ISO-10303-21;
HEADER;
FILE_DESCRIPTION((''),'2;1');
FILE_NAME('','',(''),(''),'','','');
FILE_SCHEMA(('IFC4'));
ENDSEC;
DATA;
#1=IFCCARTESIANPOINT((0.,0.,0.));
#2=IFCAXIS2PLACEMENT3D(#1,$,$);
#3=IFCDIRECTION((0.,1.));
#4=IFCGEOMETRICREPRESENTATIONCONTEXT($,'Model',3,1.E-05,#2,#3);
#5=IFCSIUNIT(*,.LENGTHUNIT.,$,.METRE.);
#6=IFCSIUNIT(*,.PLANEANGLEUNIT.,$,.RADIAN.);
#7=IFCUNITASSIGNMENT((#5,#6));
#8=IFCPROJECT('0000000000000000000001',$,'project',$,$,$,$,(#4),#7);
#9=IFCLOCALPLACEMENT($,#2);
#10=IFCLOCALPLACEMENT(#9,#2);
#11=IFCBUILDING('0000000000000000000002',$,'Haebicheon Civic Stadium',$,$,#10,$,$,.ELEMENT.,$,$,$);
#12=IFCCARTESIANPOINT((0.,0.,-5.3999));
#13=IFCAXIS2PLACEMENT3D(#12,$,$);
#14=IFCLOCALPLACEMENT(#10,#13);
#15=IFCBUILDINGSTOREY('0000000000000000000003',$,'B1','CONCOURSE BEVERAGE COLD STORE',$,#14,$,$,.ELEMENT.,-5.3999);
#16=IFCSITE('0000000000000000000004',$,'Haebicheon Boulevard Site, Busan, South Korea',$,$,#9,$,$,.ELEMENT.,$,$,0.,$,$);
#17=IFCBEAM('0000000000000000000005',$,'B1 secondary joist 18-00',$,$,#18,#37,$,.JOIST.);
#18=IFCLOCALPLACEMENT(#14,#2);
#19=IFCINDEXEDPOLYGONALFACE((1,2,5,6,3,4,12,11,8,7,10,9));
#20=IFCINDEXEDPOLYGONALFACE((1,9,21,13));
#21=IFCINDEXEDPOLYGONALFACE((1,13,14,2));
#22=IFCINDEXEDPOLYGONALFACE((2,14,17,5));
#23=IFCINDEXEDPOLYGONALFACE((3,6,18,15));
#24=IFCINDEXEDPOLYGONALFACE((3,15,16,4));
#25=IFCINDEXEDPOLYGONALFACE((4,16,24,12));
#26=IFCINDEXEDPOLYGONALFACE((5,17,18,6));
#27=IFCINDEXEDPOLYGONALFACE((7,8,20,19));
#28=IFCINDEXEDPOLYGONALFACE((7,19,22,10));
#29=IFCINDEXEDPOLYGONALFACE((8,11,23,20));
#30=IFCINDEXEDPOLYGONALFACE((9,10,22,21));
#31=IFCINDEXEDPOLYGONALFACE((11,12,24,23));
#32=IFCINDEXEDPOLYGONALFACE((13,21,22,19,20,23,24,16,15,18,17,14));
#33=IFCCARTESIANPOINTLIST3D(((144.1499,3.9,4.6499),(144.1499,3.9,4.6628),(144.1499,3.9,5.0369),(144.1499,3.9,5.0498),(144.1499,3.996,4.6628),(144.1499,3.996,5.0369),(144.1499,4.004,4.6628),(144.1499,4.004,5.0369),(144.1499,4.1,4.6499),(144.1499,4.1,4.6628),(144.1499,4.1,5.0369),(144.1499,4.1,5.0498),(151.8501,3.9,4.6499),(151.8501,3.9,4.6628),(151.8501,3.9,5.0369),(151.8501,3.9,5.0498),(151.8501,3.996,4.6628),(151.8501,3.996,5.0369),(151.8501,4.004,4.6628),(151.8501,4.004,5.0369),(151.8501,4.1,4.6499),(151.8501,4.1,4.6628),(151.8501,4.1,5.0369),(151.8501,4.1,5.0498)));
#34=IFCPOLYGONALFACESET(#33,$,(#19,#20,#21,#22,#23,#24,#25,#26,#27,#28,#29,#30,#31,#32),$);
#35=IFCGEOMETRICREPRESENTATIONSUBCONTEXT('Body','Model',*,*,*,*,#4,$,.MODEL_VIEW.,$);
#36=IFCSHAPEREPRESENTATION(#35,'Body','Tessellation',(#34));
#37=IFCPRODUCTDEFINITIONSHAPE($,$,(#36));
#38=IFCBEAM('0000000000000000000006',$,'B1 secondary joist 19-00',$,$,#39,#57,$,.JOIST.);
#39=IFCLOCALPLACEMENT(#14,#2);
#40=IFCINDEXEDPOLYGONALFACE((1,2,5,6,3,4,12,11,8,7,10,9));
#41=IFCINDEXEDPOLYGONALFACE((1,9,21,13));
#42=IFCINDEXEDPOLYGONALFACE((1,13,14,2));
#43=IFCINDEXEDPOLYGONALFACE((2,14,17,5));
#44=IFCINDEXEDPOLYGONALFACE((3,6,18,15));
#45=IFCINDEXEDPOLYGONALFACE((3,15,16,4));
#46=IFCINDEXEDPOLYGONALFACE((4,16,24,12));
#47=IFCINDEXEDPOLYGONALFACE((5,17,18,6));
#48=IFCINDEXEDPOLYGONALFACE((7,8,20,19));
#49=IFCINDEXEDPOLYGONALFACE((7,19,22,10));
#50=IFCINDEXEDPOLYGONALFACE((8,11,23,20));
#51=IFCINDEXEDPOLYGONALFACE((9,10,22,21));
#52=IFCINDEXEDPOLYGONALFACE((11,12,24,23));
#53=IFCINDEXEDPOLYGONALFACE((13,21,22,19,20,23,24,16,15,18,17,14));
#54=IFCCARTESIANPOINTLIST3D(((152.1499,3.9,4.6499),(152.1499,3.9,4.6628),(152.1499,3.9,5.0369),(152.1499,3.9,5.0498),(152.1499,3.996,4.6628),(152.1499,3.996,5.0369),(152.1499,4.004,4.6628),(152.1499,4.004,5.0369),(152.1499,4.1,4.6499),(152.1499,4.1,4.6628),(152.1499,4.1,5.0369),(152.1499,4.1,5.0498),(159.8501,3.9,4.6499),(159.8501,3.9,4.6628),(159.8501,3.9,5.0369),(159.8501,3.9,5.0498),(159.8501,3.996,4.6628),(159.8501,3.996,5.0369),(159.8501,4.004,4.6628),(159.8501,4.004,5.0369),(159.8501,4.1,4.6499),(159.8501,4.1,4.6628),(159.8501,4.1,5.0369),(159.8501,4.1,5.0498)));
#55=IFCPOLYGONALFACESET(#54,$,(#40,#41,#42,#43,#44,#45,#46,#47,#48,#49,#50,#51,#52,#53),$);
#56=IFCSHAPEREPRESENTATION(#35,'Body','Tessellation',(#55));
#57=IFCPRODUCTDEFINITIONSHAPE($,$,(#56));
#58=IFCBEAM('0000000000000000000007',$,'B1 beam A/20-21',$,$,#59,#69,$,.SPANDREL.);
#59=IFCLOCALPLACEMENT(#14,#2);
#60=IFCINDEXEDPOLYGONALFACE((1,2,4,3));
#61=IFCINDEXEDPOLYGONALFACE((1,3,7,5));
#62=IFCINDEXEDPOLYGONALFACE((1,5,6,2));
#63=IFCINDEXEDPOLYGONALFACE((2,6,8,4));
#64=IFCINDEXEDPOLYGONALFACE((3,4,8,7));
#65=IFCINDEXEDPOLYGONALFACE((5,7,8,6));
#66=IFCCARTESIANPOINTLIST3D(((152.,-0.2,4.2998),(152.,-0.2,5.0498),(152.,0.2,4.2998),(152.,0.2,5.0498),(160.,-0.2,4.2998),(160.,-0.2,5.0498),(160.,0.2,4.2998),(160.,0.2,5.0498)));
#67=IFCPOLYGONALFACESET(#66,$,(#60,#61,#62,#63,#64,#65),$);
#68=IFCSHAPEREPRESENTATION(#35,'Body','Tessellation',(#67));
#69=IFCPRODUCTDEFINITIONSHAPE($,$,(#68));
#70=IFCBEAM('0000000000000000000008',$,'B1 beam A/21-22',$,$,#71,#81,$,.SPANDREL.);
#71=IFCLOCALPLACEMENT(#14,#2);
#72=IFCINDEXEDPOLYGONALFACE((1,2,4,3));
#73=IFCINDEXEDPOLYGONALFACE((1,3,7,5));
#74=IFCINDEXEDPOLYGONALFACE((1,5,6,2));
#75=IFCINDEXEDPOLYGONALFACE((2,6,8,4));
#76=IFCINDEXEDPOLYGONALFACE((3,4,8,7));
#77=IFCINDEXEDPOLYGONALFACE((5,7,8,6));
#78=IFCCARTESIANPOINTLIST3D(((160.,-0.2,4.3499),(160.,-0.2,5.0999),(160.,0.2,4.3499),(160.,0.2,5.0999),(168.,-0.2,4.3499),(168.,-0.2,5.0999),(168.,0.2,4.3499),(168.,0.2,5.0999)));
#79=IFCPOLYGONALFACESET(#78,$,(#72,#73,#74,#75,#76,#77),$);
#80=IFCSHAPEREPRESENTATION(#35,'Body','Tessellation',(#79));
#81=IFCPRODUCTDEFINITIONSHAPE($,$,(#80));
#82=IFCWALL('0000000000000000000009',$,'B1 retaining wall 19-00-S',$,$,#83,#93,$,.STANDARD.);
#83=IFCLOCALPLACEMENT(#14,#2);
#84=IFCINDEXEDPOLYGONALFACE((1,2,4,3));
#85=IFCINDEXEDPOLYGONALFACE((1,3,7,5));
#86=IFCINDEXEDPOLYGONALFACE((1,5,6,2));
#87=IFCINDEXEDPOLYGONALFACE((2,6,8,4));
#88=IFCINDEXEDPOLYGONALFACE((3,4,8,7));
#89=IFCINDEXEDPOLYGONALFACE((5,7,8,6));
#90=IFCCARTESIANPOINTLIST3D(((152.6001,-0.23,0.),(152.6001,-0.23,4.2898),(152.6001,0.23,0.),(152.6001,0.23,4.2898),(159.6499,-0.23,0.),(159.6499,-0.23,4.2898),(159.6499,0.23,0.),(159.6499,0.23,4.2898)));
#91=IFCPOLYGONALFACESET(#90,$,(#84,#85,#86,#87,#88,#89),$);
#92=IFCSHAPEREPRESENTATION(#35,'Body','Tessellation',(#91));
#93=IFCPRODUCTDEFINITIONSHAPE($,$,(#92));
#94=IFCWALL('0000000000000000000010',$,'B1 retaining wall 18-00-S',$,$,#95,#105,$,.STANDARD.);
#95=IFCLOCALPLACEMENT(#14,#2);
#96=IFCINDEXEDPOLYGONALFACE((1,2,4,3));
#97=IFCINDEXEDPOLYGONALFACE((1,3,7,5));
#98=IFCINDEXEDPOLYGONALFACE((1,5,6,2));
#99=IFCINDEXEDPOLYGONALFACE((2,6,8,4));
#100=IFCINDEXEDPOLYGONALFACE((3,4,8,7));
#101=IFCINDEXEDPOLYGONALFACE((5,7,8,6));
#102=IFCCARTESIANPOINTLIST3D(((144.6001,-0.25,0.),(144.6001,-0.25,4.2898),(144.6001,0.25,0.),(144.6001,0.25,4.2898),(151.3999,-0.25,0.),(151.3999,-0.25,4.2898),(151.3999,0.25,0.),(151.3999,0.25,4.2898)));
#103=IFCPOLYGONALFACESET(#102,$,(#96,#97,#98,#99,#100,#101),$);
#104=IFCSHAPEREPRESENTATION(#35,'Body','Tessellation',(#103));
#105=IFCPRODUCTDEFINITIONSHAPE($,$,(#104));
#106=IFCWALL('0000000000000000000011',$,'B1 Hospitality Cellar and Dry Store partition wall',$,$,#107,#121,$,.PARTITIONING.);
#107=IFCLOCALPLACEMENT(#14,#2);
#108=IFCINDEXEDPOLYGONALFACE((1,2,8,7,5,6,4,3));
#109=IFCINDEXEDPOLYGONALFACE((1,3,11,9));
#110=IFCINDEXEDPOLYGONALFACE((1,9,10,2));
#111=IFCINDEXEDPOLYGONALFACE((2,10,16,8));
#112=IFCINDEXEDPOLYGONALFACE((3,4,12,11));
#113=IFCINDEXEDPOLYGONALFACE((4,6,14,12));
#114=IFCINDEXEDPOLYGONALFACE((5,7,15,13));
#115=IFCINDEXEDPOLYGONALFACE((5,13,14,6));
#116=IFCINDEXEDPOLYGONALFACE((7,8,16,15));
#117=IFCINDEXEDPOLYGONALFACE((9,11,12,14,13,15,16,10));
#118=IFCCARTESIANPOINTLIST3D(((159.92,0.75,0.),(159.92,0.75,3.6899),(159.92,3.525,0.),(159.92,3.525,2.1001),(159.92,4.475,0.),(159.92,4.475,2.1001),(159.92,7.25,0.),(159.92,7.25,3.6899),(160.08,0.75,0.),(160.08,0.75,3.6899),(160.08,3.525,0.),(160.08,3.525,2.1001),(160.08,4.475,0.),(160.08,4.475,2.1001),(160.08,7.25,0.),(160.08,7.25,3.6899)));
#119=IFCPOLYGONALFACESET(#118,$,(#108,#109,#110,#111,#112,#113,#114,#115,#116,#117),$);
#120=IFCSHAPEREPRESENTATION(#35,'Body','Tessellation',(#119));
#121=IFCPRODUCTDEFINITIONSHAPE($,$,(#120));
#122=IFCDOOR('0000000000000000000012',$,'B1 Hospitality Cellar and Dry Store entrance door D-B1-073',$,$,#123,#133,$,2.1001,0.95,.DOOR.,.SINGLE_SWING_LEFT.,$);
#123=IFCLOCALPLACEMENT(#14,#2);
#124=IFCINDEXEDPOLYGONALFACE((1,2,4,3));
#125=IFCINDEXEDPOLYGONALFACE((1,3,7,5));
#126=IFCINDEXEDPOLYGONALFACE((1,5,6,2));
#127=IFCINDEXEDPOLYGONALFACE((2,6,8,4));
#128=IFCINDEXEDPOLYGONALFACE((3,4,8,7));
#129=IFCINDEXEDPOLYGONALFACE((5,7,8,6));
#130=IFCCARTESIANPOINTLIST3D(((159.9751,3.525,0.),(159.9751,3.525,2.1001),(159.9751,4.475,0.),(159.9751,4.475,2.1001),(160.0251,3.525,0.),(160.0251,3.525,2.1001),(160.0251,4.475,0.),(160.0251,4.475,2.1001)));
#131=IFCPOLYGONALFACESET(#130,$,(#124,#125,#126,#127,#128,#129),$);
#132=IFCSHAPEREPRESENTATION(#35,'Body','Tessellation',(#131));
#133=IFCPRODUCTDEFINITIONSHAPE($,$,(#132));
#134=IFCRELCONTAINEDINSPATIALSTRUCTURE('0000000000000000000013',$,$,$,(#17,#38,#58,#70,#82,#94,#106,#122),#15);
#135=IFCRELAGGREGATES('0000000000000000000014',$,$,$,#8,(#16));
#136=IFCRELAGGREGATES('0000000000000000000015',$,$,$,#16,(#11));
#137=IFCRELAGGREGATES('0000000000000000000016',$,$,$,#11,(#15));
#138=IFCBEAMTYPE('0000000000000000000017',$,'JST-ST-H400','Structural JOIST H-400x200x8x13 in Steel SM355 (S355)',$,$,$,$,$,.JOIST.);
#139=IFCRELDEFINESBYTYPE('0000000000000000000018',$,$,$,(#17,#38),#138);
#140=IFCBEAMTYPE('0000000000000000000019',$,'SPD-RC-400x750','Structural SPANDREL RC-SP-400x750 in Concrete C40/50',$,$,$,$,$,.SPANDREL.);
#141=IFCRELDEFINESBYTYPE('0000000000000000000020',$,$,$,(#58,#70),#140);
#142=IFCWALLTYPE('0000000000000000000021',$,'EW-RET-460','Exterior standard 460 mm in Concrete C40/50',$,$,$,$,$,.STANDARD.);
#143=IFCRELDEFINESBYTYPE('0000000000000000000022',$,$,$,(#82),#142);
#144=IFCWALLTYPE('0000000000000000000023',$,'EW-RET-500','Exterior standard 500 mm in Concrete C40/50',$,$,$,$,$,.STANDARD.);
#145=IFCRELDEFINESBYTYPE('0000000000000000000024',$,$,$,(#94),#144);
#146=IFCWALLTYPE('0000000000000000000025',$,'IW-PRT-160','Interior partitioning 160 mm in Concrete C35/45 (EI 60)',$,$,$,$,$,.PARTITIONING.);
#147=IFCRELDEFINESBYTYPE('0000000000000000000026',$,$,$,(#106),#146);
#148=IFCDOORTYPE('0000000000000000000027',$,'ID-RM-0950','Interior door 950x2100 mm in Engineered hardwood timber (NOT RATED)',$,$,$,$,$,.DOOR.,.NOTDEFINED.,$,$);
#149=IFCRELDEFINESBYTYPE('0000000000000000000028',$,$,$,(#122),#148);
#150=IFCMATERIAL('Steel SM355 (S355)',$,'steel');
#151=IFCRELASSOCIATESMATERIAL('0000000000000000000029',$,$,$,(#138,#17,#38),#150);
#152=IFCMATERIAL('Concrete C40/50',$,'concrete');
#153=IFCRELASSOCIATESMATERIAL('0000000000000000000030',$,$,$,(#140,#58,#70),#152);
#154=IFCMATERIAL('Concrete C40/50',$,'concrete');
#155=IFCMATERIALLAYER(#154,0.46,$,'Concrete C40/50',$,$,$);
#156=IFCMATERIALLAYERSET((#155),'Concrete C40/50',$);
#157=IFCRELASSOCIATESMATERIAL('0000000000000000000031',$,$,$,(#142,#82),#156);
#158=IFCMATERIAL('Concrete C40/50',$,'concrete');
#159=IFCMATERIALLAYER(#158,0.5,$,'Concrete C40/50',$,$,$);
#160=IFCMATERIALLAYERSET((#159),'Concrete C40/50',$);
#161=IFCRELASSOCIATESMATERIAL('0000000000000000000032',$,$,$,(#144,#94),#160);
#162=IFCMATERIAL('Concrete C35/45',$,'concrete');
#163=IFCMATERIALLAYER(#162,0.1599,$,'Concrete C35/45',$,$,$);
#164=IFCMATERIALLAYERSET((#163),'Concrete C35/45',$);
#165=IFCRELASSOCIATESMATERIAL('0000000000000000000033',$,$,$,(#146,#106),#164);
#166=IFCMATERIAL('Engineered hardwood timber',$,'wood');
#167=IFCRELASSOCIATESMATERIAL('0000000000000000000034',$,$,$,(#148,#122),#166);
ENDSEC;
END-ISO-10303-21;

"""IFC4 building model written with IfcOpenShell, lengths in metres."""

from ifc_helpers import new_model, si_unit, direction, frame, frame_2d, origin, origin_2d, place, context, subcontext, project, spatial, rectangle, i_section, extrude, material, layer, layer_set, material_profile, profile_set, type_object, element, fill, save


model = new_model("IFC4")

# Units and contexts
model_context = context("Model", 3, precision=1e-05, world=origin(), true_north=direction((0.0, 1.0)))
body_context = subcontext(model_context, "Body", "Model", "MODEL_VIEW")
ifc_project = project(units=[si_unit("LENGTHUNIT", "METRE"), si_unit("PLANEANGLEUNIT", "RADIAN")], contexts=[model_context])

# Site, building, storey
site_placement = place(None, origin())
site = spatial("IfcSite", under=ifc_project, at=site_placement, Name="Haebicheon Boulevard Site, Busan, South Korea", CompositionType="ELEMENT", RefElevation=0.0)
building_placement = place(site_placement, origin())
building = spatial("IfcBuilding", under=site, at=building_placement, Name="Haebicheon Civic Stadium", CompositionType="ELEMENT")
storey_placement = place(building_placement, frame((0.0, 0.0, -5.3999)))
storey = spatial("IfcBuildingStorey", under=building, at=storey_placement, Name="B1", Description="CONCOURSE BEVERAGE COLD STORE", CompositionType="ELEMENT", Elevation=-5.3999)

# Beams
ifc_material_1 = material(Name="Steel SM355 (S355)", Category="steel")
ifc_material_profile_1 = material_profile(ifc_material_1, i_section(OverallWidth=0.2, OverallDepth=0.3999, WebThickness=0.0081, FlangeThickness=0.0129, at=origin_2d()), Name="H-400x200x8x13")
ifc_profile_set_1 = profile_set([ifc_material_profile_1], Name="Steel SM355 (S355)")
beam_type_1 = type_object("IfcBeamType", Name="JST-ST-H400", Description="Structural JOIST H-400x200x8x13 in Steel SM355 (S355)", PredefinedType="JOIST", material=ifc_profile_set_1)
for number, where, z_axis, x_axis, name in (
    (1, (144.1499, 4.0, 4.8499), (1.0, 0.0, 0.0), (0.0, 1.0, 0.0), "B1 secondary joist 18-00"),
    (2, (152.1499, 4.0, 4.8499), (1.0, 0.0, 0.0), (0.0, 1.0, 0.0), "B1 secondary joist 19-00"),
):
    element("IfcBeam", number, at=place(storey_placement, frame(where, z_axis=z_axis, x_axis=x_axis)), inside=storey, type_object=beam_type_1, material=ifc_profile_set_1, Name=name, PredefinedType="JOIST", context=body_context, shape_type="SweptSolid", body=[
        extrude(i_section(OverallWidth=0.2, OverallDepth=0.3999, WebThickness=0.0081, FlangeThickness=0.0129, at=origin_2d()), origin(), (0.0, 0.0, 1.0), 7.7002),
    ])
ifc_material_2 = material(Name="Concrete C40/50", Category="concrete")
ifc_material_profile_2 = material_profile(ifc_material_2, rectangle(XDim=0.3999, YDim=0.75, at=origin_2d()), Name="RC-SP-400x750")
ifc_profile_set_2 = profile_set([ifc_material_profile_2], Name="Concrete C40/50")
beam_type_2 = type_object("IfcBeamType", Name="SPD-RC-400x750", Description="Structural SPANDREL RC-SP-400x750 in Concrete C40/50", PredefinedType="SPANDREL", material=ifc_profile_set_2)
for number, where, z_axis, x_axis, name in (
    (3, (152.0, 0.0, 4.6748), (1.0, 0.0, 0.0), (0.0, 1.0, 0.0), "B1 beam A/20-21"),
    (4, (160.0, 0.0, 4.7249), (1.0, 0.0, 0.0), (0.0, 1.0, 0.0), "B1 beam A/21-22"),
):
    element("IfcBeam", number, at=place(storey_placement, frame(where, z_axis=z_axis, x_axis=x_axis)), inside=storey, type_object=beam_type_2, material=ifc_profile_set_2, Name=name, PredefinedType="SPANDREL", context=body_context, shape_type="SweptSolid", body=[
        extrude(rectangle(XDim=0.3999, YDim=0.75, at=origin_2d()), origin(), (0.0, 0.0, 1.0), 8.0),
    ])

# Walls
ifc_material_3 = material(Name="Concrete C40/50", Category="concrete")
ifc_layer_1 = layer(ifc_material_3, 0.46, Name="Concrete C40/50")
ifc_layer_set_1 = layer_set([ifc_layer_1], Name="Concrete C40/50")
wall_type_1 = type_object("IfcWallType", Name="EW-RET-460", Description="Exterior standard 460 mm in Concrete C40/50", PredefinedType="STANDARD", material=ifc_layer_set_1)
wall_1_placement = place(storey_placement, frame((152.6001, 0.0, 0.0), z_axis=(0.0, 0.0, 1.0), x_axis=(1.0, 0.0, 0.0)))
element("IfcWall", 5, at=wall_1_placement, inside=storey, type_object=wall_type_1, material=ifc_layer_set_1, Name="B1 retaining wall 19-00-S", PredefinedType="STANDARD", context=body_context, shape_type="SweptSolid", body=[
    extrude(rectangle(XDim=7.0498, YDim=0.46, at=frame_2d((3.5249, 0.0))), origin(), (0.0, 0.0, 1.0), 4.2898),
])
ifc_material_4 = material(Name="Concrete C40/50", Category="concrete")
ifc_layer_2 = layer(ifc_material_4, 0.5, Name="Concrete C40/50")
ifc_layer_set_2 = layer_set([ifc_layer_2], Name="Concrete C40/50")
wall_type_2 = type_object("IfcWallType", Name="EW-RET-500", Description="Exterior standard 500 mm in Concrete C40/50", PredefinedType="STANDARD", material=ifc_layer_set_2)
wall_2_placement = place(storey_placement, frame((144.6001, 0.0, 0.0), z_axis=(0.0, 0.0, 1.0), x_axis=(1.0, 0.0, 0.0)))
element("IfcWall", 6, at=wall_2_placement, inside=storey, type_object=wall_type_2, material=ifc_layer_set_2, Name="B1 retaining wall 18-00-S", PredefinedType="STANDARD", context=body_context, shape_type="SweptSolid", body=[
    extrude(rectangle(XDim=6.7998, YDim=0.5, at=frame_2d((3.3999, 0.0))), origin(), (0.0, 0.0, 1.0), 4.2898),
])

# Wall, opening, door
ifc_material_5 = material(Name="Concrete C35/45", Category="concrete")
ifc_layer_3 = layer(ifc_material_5, 0.1599, Name="Concrete C35/45")
ifc_layer_set_3 = layer_set([ifc_layer_3], Name="Concrete C35/45")
wall_type_3 = type_object("IfcWallType", Name="IW-PRT-160", Description="Interior partitioning 160 mm in Concrete C35/45 (EI 60)", PredefinedType="PARTITIONING", material=ifc_layer_set_3)
wall_3_placement = place(storey_placement, frame((160.0, 0.75, 0.0), z_axis=(0.0, 0.0, 1.0), x_axis=(0.0, 1.0, 0.0)))
wall_3 = element("IfcWall", 7, at=wall_3_placement, inside=storey, type_object=wall_type_3, material=ifc_layer_set_3, Name="B1 Hospitality Cellar and Dry Store partition wall", PredefinedType="PARTITIONING", context=body_context, shape_type="SweptSolid", body=[
    extrude(rectangle(XDim=6.5, YDim=0.1599, at=frame_2d((3.25, 0.0))), origin(), (0.0, 0.0, 1.0), 3.6899),
])
opening_placement = place(wall_3_placement, frame((2.7749, 0.0, 0.0)))
opening = element("IfcOpeningElement", 8, at=opening_placement, cuts=wall_3, PredefinedType="OPENING", context=body_context, shape_type="SweptSolid", body=[
    extrude(rectangle(XDim=0.95, YDim=2.1001, at=frame_2d((0.4751, 1.05))), frame((0.0, 0.0898, 0.0), z_axis=(0.0, -1.0, 0.0), x_axis=(1.0, 0.0, 0.0)), (0.0, 0.0, 1.0), 0.1799),
])
ifc_material_6 = material(Name="Engineered hardwood timber", Category="wood")
door_type = type_object("IfcDoorType", Name="ID-RM-0950", Description="Interior door 950x2100 mm in Engineered hardwood timber (NOT RATED)", OperationType="NOTDEFINED", PredefinedType="DOOR", material=ifc_material_6)
door_placement = place(opening_placement, origin())
door = element("IfcDoor", 9, at=door_placement, inside=storey, type_object=door_type, material=ifc_material_6, Name="B1 Hospitality Cellar and Dry Store entrance door D-B1-073", OperationType="SINGLE_SWING_LEFT", OverallHeight=2.1001, OverallWidth=0.95, PredefinedType="DOOR", context=body_context, shape_type="SweptSolid", body=[
    extrude(rectangle(XDim=0.95, YDim=2.1001, at=frame_2d((0.4751, 1.05))), frame((0.0, 0.0249, 0.0), z_axis=(0.0, -1.0, 0.0), x_axis=(1.0, 0.0, 0.0)), (0.0, 0.0, 1.0), 0.05),
])
fill(opening, door)

save(model, "model.ifc")
